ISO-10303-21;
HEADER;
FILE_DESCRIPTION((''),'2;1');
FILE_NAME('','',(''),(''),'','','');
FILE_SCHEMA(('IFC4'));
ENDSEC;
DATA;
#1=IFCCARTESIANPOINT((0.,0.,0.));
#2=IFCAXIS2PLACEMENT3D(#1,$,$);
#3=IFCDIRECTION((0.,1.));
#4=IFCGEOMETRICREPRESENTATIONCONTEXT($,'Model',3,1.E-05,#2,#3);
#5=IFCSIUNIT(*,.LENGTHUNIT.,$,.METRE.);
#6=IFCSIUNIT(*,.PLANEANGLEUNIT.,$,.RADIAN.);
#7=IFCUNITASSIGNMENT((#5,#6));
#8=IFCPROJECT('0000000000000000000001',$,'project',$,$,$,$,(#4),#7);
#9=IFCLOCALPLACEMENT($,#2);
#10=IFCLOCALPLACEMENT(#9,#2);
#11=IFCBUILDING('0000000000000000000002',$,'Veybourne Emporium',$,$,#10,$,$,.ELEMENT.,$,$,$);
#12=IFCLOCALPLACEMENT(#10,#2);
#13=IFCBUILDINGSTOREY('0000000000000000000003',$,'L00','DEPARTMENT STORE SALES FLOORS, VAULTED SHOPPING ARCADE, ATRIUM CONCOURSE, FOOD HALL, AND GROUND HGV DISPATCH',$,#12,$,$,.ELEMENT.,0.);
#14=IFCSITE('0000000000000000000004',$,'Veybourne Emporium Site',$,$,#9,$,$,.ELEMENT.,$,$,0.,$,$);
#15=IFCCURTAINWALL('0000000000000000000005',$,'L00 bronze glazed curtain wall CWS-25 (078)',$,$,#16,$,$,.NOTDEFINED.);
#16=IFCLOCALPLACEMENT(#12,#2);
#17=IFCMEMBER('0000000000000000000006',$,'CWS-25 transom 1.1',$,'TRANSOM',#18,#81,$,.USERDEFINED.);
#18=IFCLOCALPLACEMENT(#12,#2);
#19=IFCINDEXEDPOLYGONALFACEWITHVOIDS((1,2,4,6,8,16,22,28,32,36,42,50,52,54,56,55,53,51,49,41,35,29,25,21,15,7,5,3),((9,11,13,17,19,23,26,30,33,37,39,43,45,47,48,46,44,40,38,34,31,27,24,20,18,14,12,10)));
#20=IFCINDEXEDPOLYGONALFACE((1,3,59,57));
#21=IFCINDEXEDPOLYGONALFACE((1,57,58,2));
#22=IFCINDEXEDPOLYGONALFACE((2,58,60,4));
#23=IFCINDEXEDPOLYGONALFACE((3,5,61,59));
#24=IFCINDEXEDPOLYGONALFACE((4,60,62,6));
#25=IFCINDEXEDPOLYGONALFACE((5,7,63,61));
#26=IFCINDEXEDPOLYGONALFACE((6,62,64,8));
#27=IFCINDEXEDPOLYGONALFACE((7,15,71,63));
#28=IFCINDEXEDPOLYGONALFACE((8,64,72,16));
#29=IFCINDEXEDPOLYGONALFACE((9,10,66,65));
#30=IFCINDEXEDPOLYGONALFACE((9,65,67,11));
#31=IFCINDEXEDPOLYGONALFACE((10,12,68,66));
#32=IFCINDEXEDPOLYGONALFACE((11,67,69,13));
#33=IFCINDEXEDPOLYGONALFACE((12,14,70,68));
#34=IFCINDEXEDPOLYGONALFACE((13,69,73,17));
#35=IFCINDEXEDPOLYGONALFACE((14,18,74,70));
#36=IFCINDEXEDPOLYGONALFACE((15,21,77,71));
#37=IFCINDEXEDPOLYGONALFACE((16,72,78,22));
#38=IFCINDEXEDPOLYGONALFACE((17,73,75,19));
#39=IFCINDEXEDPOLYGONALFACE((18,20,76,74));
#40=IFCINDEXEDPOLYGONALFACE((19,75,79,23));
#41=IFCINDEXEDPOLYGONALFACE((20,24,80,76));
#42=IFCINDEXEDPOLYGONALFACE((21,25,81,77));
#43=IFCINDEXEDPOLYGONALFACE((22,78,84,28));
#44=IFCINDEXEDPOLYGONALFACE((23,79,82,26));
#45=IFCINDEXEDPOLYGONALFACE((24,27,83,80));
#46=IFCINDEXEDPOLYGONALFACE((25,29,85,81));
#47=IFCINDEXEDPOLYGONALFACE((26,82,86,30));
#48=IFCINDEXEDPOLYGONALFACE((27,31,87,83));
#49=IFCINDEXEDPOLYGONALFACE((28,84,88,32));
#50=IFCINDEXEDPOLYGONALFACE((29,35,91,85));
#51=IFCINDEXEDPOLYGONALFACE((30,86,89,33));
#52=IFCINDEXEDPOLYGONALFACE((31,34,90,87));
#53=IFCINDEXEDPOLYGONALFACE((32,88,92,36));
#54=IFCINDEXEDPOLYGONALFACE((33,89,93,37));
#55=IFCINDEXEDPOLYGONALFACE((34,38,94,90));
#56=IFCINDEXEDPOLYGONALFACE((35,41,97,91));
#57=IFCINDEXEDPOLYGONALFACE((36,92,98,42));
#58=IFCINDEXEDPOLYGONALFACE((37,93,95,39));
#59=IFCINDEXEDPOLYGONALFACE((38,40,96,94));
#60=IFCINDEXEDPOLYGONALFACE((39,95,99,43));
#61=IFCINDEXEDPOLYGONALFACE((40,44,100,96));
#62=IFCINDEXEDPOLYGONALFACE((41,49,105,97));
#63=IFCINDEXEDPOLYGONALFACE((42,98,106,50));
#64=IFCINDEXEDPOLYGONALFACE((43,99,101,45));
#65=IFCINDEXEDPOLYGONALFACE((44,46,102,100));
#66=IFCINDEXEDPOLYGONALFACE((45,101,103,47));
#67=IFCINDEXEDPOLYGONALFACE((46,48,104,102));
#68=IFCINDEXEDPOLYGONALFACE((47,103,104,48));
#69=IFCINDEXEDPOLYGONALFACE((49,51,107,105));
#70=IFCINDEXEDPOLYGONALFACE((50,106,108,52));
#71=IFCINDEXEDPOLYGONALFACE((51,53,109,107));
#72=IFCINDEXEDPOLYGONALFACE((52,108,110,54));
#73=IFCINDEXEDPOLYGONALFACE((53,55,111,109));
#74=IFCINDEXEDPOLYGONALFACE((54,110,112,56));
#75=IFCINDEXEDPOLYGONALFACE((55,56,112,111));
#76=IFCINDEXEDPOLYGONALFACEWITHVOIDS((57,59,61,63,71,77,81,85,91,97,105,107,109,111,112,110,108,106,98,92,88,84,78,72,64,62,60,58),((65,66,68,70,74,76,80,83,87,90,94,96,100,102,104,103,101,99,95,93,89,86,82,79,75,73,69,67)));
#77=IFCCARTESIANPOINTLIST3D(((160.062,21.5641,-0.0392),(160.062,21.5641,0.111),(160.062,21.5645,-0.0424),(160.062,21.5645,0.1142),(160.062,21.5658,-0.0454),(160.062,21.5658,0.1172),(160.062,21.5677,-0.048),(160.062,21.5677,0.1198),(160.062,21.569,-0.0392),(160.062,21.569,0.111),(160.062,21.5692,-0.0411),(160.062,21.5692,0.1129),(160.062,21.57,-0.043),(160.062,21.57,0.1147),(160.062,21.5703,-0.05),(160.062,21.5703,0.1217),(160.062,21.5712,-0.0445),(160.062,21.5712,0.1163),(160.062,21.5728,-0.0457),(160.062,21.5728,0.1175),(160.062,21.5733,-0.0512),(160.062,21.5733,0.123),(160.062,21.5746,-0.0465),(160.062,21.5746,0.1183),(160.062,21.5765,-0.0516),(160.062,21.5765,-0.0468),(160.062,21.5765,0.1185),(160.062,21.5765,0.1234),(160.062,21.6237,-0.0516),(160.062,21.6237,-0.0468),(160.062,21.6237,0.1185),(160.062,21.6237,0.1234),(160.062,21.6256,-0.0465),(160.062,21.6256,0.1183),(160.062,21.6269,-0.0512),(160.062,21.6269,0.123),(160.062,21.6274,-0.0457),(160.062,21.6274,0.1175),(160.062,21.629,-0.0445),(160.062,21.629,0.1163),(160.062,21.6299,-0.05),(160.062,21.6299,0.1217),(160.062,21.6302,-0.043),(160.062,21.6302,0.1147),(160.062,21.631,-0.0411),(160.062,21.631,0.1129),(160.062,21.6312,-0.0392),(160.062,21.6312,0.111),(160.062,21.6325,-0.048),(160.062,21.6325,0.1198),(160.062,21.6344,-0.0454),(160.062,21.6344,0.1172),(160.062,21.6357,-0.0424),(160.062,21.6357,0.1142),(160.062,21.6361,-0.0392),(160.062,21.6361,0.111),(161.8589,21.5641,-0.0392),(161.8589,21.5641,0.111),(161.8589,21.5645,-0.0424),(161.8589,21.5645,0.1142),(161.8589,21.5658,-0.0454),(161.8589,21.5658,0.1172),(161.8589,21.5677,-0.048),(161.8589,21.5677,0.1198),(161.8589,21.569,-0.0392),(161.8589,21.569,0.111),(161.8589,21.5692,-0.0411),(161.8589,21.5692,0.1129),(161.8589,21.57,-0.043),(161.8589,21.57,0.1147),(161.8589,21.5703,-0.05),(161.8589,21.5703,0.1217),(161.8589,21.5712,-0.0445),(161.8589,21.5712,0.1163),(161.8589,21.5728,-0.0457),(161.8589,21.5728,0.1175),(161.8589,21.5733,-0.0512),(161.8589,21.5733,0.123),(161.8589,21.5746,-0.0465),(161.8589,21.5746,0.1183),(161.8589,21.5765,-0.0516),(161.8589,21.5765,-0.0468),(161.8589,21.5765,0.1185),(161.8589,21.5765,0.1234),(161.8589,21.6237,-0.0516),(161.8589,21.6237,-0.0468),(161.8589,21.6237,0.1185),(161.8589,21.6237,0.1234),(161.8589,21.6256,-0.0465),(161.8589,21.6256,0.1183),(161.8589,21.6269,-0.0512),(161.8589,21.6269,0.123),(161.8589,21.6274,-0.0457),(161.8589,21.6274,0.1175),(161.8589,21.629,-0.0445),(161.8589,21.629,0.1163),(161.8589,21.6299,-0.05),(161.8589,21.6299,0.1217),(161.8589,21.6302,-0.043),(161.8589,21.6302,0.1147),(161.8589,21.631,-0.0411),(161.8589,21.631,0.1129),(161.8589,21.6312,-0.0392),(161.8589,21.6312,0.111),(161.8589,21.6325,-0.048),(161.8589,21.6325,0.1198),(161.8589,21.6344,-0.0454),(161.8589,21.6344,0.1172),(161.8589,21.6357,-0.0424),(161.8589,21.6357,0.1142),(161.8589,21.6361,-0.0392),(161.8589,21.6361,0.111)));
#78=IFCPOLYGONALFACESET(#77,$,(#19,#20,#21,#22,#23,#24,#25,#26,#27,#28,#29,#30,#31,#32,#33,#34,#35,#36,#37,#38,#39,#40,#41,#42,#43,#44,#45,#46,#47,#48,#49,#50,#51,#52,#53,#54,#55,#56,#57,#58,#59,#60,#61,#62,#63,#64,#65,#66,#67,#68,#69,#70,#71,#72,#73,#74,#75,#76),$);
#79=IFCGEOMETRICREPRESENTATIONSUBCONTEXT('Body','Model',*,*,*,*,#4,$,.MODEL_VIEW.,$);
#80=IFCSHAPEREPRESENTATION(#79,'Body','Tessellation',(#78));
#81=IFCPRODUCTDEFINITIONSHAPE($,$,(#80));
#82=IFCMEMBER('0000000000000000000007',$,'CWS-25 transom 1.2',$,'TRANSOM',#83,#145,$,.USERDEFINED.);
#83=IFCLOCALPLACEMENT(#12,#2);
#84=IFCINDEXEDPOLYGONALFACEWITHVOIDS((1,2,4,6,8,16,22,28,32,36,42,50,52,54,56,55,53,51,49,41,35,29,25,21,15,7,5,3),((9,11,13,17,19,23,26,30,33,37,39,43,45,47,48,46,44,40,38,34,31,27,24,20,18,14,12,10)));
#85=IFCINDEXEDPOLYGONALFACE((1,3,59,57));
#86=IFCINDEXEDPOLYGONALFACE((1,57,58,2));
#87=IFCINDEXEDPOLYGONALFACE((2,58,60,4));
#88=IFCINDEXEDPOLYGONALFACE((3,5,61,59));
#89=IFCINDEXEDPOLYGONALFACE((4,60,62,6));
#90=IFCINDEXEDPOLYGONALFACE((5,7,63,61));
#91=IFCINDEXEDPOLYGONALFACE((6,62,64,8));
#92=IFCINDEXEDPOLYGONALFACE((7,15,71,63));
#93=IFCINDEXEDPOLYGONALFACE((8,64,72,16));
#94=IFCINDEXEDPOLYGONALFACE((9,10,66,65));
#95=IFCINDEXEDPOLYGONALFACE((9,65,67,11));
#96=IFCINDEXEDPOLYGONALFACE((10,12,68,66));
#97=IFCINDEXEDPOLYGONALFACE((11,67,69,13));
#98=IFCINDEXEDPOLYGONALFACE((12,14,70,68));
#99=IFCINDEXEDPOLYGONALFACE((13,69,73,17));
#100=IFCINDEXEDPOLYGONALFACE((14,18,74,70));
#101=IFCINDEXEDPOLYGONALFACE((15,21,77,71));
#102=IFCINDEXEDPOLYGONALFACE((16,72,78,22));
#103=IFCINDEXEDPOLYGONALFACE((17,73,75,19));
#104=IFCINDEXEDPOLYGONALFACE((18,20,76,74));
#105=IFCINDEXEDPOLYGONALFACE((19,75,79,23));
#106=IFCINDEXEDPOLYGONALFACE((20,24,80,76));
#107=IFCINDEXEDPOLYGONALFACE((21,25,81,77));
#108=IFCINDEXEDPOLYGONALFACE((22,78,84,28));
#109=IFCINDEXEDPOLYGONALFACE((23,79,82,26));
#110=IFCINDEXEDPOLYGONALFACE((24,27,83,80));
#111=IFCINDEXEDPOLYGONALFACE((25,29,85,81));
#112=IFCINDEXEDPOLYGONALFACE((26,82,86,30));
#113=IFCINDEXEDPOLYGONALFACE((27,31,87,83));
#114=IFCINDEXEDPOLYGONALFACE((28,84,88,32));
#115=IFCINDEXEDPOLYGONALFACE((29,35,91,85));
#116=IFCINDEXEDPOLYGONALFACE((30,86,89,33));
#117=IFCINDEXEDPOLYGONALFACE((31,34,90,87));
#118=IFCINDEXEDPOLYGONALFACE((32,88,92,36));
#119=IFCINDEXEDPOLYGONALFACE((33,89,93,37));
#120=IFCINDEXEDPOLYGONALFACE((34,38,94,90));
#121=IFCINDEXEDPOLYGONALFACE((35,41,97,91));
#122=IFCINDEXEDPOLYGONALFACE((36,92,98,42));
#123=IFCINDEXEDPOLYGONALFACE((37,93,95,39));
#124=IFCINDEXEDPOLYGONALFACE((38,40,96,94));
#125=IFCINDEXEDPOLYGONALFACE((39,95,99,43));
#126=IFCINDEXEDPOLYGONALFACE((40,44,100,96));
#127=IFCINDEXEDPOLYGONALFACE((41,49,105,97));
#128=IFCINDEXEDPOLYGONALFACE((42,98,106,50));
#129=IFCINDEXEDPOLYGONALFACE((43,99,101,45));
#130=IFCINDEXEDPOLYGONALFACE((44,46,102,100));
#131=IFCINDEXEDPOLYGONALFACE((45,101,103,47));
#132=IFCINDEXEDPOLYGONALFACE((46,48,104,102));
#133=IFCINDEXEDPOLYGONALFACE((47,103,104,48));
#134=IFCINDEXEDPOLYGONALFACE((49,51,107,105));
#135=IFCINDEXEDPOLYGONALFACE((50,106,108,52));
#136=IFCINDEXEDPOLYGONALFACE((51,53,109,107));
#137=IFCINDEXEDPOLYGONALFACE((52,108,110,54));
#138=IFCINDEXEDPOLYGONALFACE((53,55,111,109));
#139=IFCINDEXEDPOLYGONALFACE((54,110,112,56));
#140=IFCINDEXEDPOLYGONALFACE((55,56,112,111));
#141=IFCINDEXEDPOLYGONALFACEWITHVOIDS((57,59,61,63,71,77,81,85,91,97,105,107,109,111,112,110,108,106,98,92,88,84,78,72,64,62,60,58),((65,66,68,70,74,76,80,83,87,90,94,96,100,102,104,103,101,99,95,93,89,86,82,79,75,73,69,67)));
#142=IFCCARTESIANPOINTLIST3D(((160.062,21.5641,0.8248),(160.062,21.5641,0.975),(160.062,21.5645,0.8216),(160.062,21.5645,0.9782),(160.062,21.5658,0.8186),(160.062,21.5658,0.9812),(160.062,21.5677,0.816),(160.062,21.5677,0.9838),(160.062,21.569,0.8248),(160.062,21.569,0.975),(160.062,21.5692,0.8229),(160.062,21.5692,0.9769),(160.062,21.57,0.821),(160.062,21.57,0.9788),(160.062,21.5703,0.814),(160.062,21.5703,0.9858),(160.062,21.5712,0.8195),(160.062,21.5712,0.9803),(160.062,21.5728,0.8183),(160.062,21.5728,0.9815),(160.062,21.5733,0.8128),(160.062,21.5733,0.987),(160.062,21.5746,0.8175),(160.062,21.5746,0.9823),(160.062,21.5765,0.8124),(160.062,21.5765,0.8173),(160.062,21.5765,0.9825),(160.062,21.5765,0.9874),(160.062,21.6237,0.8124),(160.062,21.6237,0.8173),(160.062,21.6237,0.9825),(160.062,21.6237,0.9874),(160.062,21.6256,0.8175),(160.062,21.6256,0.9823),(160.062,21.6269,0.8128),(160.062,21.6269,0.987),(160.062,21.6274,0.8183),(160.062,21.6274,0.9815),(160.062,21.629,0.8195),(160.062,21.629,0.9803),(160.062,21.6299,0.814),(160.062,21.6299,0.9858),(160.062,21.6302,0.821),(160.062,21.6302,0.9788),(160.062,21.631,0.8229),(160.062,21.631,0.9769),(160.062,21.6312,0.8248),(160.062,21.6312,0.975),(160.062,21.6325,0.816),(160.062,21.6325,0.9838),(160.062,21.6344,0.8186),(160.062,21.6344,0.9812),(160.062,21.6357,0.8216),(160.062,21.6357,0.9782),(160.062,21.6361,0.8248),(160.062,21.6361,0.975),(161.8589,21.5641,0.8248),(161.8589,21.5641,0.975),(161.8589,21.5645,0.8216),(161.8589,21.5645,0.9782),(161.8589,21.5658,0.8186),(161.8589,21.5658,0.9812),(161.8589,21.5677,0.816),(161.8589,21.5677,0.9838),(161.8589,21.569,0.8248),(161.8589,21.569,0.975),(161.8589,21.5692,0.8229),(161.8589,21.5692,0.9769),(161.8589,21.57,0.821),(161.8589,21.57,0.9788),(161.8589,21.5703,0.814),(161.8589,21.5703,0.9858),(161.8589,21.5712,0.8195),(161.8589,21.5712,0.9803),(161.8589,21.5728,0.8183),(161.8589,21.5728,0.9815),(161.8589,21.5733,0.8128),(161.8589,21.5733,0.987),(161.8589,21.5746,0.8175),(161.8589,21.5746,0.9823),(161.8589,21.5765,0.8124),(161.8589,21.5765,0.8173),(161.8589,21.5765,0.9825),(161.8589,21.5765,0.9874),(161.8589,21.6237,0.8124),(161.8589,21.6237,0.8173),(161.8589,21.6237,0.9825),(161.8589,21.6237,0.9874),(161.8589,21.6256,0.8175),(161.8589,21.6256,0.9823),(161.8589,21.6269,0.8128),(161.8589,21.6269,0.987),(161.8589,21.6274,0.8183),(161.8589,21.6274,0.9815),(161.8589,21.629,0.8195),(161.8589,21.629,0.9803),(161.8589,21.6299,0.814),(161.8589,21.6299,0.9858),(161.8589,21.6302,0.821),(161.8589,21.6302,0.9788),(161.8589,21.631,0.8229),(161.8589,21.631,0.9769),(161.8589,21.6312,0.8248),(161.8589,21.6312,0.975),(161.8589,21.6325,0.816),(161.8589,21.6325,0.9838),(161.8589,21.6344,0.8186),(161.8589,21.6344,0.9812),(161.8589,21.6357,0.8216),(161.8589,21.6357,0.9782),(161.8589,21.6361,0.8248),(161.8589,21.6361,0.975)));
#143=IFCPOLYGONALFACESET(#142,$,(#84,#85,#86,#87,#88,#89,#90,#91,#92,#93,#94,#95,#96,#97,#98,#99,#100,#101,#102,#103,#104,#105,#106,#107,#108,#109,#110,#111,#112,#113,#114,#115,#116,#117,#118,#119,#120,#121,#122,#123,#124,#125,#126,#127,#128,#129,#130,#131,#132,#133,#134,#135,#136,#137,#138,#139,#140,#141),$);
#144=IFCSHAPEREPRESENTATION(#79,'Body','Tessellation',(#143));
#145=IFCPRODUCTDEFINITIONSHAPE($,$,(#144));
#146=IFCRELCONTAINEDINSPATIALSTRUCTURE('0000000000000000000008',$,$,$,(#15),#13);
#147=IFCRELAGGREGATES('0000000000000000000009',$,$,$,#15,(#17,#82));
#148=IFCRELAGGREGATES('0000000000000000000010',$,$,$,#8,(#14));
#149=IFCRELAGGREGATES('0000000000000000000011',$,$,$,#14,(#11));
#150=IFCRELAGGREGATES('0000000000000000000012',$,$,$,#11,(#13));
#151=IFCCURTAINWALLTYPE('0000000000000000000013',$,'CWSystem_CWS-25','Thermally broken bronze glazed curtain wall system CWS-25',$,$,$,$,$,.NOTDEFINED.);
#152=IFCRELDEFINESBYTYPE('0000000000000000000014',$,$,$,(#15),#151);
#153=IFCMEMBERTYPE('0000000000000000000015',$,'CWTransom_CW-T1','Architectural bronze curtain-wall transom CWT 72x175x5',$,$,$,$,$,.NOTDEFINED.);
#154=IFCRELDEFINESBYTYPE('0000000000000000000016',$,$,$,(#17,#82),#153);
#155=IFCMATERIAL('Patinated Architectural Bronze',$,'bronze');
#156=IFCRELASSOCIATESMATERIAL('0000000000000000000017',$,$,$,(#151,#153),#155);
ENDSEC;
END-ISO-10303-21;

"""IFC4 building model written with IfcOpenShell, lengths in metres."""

from ifc_helpers import new_model, si_unit, direction, frame, origin, origin_2d, place, context, subcontext, project, spatial, hollow_rectangle, extrude, material, material_profile, profile_set, type_object, element, aggregate, save


model = new_model("IFC4")

# Units and contexts
model_context = context("Model", 3, precision=1e-05, world=origin(), true_north=direction((0.0, 1.0)))
body_context = subcontext(model_context, "Body", "Model", "MODEL_VIEW")
ifc_project = project(units=[si_unit("LENGTHUNIT", "METRE"), si_unit("PLANEANGLEUNIT", "RADIAN")], contexts=[model_context])

# Site, building, storey
site_placement = place(None, origin())
site = spatial("IfcSite", under=ifc_project, at=site_placement, Name="Veybourne Emporium Site", CompositionType="ELEMENT", RefElevation=0.0)
building_placement = place(site_placement, origin())
building = spatial("IfcBuilding", under=site, at=building_placement, Name="Veybourne Emporium", CompositionType="ELEMENT")
storey_placement = place(building_placement, origin())
storey = spatial("IfcBuildingStorey", under=building, at=storey_placement, Name="L00", Description="DEPARTMENT STORE SALES FLOORS, VAULTED SHOPPING ARCADE, ATRIUM CONCOURSE, FOOD HALL, AND GROUND HGV DISPATCH", CompositionType="ELEMENT", Elevation=0.0)

# Curtain wall
ifc_material_1 = material(Name="Patinated Architectural Bronze", Category="bronze")
curtain_wall_type_1 = type_object("IfcCurtainWallType", Name="CWSystem_CWS-25", Description="Thermally broken bronze glazed curtain wall system CWS-25", PredefinedType="NOTDEFINED", material=ifc_material_1)
curtain_wall_1_placement = place(storey_placement, origin())
curtain_wall_1 = element("IfcCurtainWall", 1, at=curtain_wall_1_placement, inside=storey, type_object=curtain_wall_type_1, Name="L00 bronze glazed curtain wall CWS-25 (078)", PredefinedType="NOTDEFINED")

# Members
ifc_material_profile_1 = material_profile(ifc_material_1, hollow_rectangle(XDim=0.072, YDim=0.175, WallThickness=0.0049, InnerFilletRadius=0.0076, OuterFilletRadius=0.0125, at=origin_2d()), Name="CWT 72x175x5")
ifc_profile_set_1 = profile_set([ifc_material_profile_1], Name="Patinated Architectural Bronze")
member_type_1 = type_object("IfcMemberType", Name="CWTransom_CW-T1", Description="Architectural bronze curtain-wall transom CWT 72x175x5", PredefinedType="NOTDEFINED", material=ifc_profile_set_1)
member_1_placement = place(storey_placement, frame((160.062, 21.6001, 0.0359), z_axis=(1.0, 0.0, 0.0), x_axis=(0.0, 1.0, 0.0)))
member_1 = element("IfcMember", 2, at=member_1_placement, type_object=member_type_1, Name="CWS-25 transom 1.1", ObjectType="TRANSOM", PredefinedType="USERDEFINED", context=body_context, shape_type="SweptSolid", body=[
    extrude(hollow_rectangle(XDim=0.072, YDim=0.175, WallThickness=0.0049, InnerFilletRadius=0.0076, OuterFilletRadius=0.0125, at=origin_2d()), origin(), (0.0, 0.0, 1.0), 1.7969),
])
member_2_placement = place(storey_placement, frame((160.062, 21.6001, 0.8999), z_axis=(1.0, 0.0, 0.0), x_axis=(0.0, 1.0, 0.0)))
member_2 = element("IfcMember", 3, at=member_2_placement, type_object=member_type_1, Name="CWS-25 transom 1.2", ObjectType="TRANSOM", PredefinedType="USERDEFINED", context=body_context, shape_type="SweptSolid", body=[
    extrude(hollow_rectangle(XDim=0.072, YDim=0.175, WallThickness=0.0049, InnerFilletRadius=0.0076, OuterFilletRadius=0.0125, at=origin_2d()), origin(), (0.0, 0.0, 1.0), 1.7969),
])

aggregate(curtain_wall_1, [member_1, member_2])

save(model, "model.ifc")
